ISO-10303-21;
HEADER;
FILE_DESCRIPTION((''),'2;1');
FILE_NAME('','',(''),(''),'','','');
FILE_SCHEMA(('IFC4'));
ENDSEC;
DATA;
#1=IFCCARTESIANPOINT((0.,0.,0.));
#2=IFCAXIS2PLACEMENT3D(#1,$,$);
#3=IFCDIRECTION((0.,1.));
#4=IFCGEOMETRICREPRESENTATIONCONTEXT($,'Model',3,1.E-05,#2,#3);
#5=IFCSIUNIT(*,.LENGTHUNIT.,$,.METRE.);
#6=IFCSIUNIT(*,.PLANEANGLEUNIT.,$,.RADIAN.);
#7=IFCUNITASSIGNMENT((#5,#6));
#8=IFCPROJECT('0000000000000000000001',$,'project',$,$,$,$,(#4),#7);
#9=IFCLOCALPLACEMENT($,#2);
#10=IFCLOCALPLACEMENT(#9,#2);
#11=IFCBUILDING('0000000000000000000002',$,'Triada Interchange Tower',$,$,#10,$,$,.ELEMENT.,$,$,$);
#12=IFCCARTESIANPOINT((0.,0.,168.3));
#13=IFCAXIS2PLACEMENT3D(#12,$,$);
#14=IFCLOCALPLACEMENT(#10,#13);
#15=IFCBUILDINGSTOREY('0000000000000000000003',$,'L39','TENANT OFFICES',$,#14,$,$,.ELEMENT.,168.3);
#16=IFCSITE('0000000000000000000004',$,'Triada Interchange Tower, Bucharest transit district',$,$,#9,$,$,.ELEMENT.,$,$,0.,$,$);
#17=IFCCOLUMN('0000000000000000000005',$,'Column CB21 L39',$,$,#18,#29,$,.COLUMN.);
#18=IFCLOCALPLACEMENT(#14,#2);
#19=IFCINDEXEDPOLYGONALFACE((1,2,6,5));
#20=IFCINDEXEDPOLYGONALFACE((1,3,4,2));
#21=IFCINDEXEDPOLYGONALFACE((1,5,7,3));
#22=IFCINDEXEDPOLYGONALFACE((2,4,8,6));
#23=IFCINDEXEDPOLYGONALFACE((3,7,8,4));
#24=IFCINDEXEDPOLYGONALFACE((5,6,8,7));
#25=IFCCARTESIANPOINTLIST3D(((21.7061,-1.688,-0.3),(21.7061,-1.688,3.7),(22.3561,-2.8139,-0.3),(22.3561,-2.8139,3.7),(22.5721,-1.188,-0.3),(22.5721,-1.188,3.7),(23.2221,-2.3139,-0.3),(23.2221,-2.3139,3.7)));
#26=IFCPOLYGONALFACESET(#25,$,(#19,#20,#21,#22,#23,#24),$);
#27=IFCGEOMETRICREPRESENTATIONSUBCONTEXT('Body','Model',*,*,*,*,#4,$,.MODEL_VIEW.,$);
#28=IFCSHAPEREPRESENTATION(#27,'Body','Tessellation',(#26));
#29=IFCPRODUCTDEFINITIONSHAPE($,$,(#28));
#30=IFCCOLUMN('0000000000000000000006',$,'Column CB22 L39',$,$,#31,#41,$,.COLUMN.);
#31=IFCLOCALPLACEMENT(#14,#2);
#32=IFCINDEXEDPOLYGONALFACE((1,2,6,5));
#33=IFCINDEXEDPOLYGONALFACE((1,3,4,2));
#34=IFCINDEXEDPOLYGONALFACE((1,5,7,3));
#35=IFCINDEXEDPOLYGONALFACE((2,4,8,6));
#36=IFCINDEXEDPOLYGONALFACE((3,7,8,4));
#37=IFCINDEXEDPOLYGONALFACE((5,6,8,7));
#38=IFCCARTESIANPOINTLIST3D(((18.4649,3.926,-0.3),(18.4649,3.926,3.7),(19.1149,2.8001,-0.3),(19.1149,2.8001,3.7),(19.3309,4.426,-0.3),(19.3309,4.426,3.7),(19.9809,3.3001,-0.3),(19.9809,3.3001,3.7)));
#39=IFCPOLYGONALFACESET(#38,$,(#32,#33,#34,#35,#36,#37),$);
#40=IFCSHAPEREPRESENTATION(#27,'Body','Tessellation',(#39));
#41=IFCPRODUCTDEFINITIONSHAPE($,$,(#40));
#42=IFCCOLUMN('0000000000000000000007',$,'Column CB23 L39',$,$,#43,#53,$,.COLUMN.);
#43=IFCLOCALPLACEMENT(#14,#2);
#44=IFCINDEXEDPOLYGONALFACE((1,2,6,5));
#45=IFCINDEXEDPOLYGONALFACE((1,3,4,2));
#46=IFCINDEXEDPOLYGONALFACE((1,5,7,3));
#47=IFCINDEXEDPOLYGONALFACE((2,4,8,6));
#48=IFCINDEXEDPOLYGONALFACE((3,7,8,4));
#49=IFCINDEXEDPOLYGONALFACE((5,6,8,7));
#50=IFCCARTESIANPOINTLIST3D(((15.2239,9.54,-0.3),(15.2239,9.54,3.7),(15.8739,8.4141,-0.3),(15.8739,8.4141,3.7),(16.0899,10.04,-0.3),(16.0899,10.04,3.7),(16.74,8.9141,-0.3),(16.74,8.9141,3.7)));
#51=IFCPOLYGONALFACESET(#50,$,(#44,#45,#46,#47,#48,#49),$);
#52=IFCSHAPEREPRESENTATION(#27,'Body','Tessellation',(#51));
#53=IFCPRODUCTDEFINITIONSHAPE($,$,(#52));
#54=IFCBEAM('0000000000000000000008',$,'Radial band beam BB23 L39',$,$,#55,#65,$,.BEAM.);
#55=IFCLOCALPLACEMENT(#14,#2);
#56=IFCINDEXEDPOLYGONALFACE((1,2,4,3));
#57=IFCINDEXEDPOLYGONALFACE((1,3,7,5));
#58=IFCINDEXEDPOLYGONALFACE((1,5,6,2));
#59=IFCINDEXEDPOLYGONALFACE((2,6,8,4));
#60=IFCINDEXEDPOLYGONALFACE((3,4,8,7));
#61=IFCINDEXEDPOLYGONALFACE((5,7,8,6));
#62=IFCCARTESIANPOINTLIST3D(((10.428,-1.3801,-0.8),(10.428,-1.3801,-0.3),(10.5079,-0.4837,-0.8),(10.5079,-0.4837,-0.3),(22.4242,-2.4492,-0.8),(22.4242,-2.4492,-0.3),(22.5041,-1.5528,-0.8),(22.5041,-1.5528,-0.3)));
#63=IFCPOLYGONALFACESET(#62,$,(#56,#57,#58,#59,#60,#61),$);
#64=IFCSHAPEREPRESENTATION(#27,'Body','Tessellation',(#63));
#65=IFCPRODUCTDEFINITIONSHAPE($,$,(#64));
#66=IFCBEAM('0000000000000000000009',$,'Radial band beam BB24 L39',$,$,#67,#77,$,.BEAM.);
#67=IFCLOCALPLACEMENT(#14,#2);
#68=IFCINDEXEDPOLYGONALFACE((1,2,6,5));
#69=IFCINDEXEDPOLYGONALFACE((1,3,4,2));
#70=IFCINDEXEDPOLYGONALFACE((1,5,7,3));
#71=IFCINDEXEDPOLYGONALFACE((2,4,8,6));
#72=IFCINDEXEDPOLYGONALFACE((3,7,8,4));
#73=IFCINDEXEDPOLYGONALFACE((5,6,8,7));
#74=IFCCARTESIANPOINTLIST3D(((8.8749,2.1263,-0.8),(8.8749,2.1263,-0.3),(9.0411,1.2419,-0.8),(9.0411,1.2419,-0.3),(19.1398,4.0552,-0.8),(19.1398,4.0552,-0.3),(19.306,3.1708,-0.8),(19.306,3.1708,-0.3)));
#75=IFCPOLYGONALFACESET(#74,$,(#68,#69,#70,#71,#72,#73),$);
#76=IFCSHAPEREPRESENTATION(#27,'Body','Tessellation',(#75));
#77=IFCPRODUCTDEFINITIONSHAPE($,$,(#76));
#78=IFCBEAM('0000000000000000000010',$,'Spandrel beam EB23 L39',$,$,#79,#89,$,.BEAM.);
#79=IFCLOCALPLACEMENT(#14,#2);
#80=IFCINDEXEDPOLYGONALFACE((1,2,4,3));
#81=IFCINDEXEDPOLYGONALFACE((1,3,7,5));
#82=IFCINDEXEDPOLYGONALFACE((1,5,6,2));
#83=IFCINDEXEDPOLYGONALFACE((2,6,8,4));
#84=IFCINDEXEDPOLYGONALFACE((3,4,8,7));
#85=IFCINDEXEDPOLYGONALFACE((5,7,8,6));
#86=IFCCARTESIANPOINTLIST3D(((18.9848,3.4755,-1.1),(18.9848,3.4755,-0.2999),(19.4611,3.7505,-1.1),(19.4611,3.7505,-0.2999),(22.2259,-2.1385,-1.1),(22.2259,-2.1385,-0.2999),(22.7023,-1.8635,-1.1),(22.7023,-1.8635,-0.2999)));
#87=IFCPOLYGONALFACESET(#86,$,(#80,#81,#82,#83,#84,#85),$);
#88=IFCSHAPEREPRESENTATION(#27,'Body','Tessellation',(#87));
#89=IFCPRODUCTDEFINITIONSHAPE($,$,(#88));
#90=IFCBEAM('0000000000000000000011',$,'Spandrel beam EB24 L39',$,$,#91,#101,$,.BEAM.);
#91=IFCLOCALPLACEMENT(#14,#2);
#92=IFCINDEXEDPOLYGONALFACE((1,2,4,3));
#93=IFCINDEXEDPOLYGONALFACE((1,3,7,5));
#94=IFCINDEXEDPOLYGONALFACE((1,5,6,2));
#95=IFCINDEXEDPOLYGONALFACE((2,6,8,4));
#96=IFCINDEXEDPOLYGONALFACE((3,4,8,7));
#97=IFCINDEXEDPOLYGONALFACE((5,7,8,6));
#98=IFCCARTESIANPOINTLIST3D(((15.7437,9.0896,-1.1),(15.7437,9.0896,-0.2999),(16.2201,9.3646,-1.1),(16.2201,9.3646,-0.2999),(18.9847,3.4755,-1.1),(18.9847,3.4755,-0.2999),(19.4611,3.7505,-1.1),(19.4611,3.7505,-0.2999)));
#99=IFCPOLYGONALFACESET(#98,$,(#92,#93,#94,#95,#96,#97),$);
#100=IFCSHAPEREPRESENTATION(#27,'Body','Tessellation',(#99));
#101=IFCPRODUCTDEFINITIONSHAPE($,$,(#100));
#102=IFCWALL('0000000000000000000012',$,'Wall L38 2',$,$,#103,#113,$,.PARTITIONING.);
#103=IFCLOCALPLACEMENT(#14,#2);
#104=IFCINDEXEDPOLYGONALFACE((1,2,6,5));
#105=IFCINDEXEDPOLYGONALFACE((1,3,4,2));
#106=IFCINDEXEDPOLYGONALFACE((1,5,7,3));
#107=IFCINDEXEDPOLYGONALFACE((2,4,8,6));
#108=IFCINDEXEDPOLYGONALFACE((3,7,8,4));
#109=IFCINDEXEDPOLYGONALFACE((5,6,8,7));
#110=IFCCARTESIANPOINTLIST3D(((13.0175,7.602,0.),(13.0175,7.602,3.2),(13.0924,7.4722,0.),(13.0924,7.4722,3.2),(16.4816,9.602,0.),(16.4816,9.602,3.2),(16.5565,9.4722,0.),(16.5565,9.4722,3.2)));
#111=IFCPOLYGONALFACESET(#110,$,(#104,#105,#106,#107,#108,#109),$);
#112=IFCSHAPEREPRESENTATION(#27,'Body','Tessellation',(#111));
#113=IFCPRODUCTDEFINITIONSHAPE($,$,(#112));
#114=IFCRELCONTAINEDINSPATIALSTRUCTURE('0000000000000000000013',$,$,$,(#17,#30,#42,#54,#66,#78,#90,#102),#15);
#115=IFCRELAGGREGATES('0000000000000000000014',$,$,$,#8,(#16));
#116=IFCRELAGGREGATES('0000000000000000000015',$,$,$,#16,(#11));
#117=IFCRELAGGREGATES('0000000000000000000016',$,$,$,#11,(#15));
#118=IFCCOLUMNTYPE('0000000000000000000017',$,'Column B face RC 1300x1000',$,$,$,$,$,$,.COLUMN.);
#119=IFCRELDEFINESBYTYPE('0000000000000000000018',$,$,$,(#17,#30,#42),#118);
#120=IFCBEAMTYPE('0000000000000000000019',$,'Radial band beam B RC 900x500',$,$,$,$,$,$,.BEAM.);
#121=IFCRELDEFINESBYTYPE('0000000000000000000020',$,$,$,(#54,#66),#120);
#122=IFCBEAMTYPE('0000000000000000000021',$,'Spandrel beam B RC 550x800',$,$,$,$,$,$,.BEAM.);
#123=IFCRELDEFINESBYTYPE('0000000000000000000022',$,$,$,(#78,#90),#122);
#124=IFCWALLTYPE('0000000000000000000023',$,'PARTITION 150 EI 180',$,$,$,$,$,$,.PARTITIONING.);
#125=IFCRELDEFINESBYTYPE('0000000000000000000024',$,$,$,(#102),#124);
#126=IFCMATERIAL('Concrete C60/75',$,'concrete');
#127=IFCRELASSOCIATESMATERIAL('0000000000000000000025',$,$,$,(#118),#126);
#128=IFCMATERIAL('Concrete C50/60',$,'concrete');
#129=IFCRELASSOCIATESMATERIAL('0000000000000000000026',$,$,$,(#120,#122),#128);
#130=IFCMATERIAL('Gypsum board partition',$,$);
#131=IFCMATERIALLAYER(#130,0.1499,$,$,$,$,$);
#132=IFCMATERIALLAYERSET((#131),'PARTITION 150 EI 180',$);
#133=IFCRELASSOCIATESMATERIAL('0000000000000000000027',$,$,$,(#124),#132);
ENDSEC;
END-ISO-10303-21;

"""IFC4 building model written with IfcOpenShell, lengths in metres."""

from ifc_helpers import new_model, si_unit, direction, frame, frame_2d, origin, origin_2d, place, context, subcontext, project, spatial, rectangle, extrude, material, layer, layer_set, material_profile, profile_set, type_object, element, save


model = new_model("IFC4")

# Units and contexts
model_context = context("Model", 3, precision=1e-05, world=origin(), true_north=direction((0.0, 1.0)))
body_context = subcontext(model_context, "Body", "Model", "MODEL_VIEW")
ifc_project = project(units=[si_unit("LENGTHUNIT", "METRE"), si_unit("PLANEANGLEUNIT", "RADIAN")], contexts=[model_context])

# Site, building, storey
site_placement = place(None, origin())
site = spatial("IfcSite", under=ifc_project, at=site_placement, Name="Triada Interchange Tower, Bucharest transit district", CompositionType="ELEMENT", RefElevation=0.0)
building_placement = place(site_placement, origin())
building = spatial("IfcBuilding", under=site, at=building_placement, Name="Triada Interchange Tower", CompositionType="ELEMENT")
storey_placement = place(building_placement, frame((0.0, 0.0, 168.3)))
storey = spatial("IfcBuildingStorey", under=building, at=storey_placement, Name="L39", Description="TENANT OFFICES", CompositionType="ELEMENT", Elevation=168.3)

# Columns
ifc_material_1 = material(Name="Concrete C60/75", Category="concrete")
ifc_material_profile_1 = material_profile(ifc_material_1, rectangle(XDim=1.3, YDim=1.0, at=origin_2d()), Name="RC 1300x1000")
ifc_profile_set_1 = profile_set([ifc_material_profile_1], Name="Concrete C60/75")
column_type = type_object("IfcColumnType", Name="Column B face RC 1300x1000", PredefinedType="COLUMN", material=ifc_profile_set_1)
for number, where, z_axis, x_axis, name in (
    (1, (22.4641, -2.001, -0.3), (0.0, 0.0, 1.0), (-0.5, 0.866025, 0.0), "Column CB21 L39"),
    (2, (19.2229, 3.613, -0.3), (0.0, 0.0, 1.0), (-0.5, 0.866025, 0.0), "Column CB22 L39"),
    (3, (15.9819, 9.2271, -0.3), (0.0, 0.0, 1.0), (-0.5, 0.866025, 0.0), "Column CB23 L39"),
):
    element("IfcColumn", number, at=place(storey_placement, frame(where, z_axis=z_axis, x_axis=x_axis)), inside=storey, type_object=column_type, Name=name, PredefinedType="COLUMN", context=body_context, shape_type="SweptSolid", body=[
        extrude(rectangle(XDim=1.3, YDim=1.0, at=origin_2d()), origin(), (0.0, 0.0, 1.0), 4.0),
    ])

# Beams
ifc_material_2 = material(Name="Concrete C50/60", Category="concrete")
ifc_material_profile_2 = material_profile(ifc_material_2, rectangle(XDim=0.8999, YDim=0.5, at=origin_2d()), Name="RC 900x500")
ifc_profile_set_2 = profile_set([ifc_material_profile_2], Name="Concrete C50/60")
beam_type_1 = type_object("IfcBeamType", Name="Radial band beam B RC 900x500", PredefinedType="BEAM", material=ifc_profile_set_2)
beam_1_placement = place(storey_placement, frame((22.4641, -2.001, -0.55), z_axis=(-0.996052, 0.088768, 0.0), x_axis=(-0.088768, -0.996052, 0.0)))
element("IfcBeam", 4, at=beam_1_placement, inside=storey, type_object=beam_type_1, Name="Radial band beam BB23 L39", PredefinedType="BEAM", context=body_context, shape_type="SweptSolid", body=[
    extrude(rectangle(XDim=0.8999, YDim=0.5, at=origin_2d()), origin(), (0.0, 0.0, 1.0), 12.0437),
])
beam_2_placement = place(storey_placement, frame((19.2229, 3.613, -0.55), z_axis=(-0.982798, -0.184685, 0.0), x_axis=(0.184685, -0.982798, 0.0)))
element("IfcBeam", 5, at=beam_2_placement, inside=storey, type_object=beam_type_1, Name="Radial band beam BB24 L39", PredefinedType="BEAM", context=body_context, shape_type="SweptSolid", body=[
    extrude(rectangle(XDim=0.8999, YDim=0.5, at=origin_2d()), origin(), (0.0, 0.0, 1.0), 10.4446),
])
ifc_material_profile_3 = material_profile(ifc_material_2, rectangle(XDim=0.55, YDim=0.8, at=origin_2d()), Name="RC 550x800")
ifc_profile_set_3 = profile_set([ifc_material_profile_3], Name="Concrete C50/60")
beam_type_2 = type_object("IfcBeamType", Name="Spandrel beam B RC 550x800", PredefinedType="BEAM", material=ifc_profile_set_3)
for number, where, z_axis, x_axis, name in (
    (6, (22.4641, -2.001, -0.7), (-0.499995, 0.866028, 0.0), (-0.866028, -0.499995, 0.0), "Spandrel beam EB23 L39"),
    (7, (19.2229, 3.613, -0.7), (-0.499967, 0.866044, 0.0), (-0.866044, -0.499967, 0.0), "Spandrel beam EB24 L39"),
):
    element("IfcBeam", number, at=place(storey_placement, frame(where, z_axis=z_axis, x_axis=x_axis)), inside=storey, type_object=beam_type_2, Name=name, PredefinedType="BEAM", context=body_context, shape_type="SweptSolid", body=[
        extrude(rectangle(XDim=0.55, YDim=0.8, at=origin_2d()), origin(), (0.0, 0.0, 1.0), 6.4824),
    ])

# Wall
ifc_material_3 = material(Name="Gypsum board partition")
ifc_layer_1 = layer(ifc_material_3, 0.1499)
ifc_layer_set_1 = layer_set([ifc_layer_1], Name="PARTITION 150 EI 180")
wall_type = type_object("IfcWallType", Name="PARTITION 150 EI 180", PredefinedType="PARTITIONING", material=ifc_layer_set_1)
wall_1_placement = place(storey_placement, frame((13.0549, 7.5371, 0.0), z_axis=(0.0, 0.0, 1.0), x_axis=(0.866026, 0.499999, 0.0)))
element("IfcWall", 8, at=wall_1_placement, inside=storey, type_object=wall_type, Name="Wall L38 2", PredefinedType="PARTITIONING", context=body_context, shape_type="SweptSolid", body=[
    extrude(rectangle(XDim=4.0, YDim=0.1499, at=frame_2d((2.0, 0.0))), origin(), (0.0, 0.0, 1.0), 3.2),
])

save(model, "model.ifc")
